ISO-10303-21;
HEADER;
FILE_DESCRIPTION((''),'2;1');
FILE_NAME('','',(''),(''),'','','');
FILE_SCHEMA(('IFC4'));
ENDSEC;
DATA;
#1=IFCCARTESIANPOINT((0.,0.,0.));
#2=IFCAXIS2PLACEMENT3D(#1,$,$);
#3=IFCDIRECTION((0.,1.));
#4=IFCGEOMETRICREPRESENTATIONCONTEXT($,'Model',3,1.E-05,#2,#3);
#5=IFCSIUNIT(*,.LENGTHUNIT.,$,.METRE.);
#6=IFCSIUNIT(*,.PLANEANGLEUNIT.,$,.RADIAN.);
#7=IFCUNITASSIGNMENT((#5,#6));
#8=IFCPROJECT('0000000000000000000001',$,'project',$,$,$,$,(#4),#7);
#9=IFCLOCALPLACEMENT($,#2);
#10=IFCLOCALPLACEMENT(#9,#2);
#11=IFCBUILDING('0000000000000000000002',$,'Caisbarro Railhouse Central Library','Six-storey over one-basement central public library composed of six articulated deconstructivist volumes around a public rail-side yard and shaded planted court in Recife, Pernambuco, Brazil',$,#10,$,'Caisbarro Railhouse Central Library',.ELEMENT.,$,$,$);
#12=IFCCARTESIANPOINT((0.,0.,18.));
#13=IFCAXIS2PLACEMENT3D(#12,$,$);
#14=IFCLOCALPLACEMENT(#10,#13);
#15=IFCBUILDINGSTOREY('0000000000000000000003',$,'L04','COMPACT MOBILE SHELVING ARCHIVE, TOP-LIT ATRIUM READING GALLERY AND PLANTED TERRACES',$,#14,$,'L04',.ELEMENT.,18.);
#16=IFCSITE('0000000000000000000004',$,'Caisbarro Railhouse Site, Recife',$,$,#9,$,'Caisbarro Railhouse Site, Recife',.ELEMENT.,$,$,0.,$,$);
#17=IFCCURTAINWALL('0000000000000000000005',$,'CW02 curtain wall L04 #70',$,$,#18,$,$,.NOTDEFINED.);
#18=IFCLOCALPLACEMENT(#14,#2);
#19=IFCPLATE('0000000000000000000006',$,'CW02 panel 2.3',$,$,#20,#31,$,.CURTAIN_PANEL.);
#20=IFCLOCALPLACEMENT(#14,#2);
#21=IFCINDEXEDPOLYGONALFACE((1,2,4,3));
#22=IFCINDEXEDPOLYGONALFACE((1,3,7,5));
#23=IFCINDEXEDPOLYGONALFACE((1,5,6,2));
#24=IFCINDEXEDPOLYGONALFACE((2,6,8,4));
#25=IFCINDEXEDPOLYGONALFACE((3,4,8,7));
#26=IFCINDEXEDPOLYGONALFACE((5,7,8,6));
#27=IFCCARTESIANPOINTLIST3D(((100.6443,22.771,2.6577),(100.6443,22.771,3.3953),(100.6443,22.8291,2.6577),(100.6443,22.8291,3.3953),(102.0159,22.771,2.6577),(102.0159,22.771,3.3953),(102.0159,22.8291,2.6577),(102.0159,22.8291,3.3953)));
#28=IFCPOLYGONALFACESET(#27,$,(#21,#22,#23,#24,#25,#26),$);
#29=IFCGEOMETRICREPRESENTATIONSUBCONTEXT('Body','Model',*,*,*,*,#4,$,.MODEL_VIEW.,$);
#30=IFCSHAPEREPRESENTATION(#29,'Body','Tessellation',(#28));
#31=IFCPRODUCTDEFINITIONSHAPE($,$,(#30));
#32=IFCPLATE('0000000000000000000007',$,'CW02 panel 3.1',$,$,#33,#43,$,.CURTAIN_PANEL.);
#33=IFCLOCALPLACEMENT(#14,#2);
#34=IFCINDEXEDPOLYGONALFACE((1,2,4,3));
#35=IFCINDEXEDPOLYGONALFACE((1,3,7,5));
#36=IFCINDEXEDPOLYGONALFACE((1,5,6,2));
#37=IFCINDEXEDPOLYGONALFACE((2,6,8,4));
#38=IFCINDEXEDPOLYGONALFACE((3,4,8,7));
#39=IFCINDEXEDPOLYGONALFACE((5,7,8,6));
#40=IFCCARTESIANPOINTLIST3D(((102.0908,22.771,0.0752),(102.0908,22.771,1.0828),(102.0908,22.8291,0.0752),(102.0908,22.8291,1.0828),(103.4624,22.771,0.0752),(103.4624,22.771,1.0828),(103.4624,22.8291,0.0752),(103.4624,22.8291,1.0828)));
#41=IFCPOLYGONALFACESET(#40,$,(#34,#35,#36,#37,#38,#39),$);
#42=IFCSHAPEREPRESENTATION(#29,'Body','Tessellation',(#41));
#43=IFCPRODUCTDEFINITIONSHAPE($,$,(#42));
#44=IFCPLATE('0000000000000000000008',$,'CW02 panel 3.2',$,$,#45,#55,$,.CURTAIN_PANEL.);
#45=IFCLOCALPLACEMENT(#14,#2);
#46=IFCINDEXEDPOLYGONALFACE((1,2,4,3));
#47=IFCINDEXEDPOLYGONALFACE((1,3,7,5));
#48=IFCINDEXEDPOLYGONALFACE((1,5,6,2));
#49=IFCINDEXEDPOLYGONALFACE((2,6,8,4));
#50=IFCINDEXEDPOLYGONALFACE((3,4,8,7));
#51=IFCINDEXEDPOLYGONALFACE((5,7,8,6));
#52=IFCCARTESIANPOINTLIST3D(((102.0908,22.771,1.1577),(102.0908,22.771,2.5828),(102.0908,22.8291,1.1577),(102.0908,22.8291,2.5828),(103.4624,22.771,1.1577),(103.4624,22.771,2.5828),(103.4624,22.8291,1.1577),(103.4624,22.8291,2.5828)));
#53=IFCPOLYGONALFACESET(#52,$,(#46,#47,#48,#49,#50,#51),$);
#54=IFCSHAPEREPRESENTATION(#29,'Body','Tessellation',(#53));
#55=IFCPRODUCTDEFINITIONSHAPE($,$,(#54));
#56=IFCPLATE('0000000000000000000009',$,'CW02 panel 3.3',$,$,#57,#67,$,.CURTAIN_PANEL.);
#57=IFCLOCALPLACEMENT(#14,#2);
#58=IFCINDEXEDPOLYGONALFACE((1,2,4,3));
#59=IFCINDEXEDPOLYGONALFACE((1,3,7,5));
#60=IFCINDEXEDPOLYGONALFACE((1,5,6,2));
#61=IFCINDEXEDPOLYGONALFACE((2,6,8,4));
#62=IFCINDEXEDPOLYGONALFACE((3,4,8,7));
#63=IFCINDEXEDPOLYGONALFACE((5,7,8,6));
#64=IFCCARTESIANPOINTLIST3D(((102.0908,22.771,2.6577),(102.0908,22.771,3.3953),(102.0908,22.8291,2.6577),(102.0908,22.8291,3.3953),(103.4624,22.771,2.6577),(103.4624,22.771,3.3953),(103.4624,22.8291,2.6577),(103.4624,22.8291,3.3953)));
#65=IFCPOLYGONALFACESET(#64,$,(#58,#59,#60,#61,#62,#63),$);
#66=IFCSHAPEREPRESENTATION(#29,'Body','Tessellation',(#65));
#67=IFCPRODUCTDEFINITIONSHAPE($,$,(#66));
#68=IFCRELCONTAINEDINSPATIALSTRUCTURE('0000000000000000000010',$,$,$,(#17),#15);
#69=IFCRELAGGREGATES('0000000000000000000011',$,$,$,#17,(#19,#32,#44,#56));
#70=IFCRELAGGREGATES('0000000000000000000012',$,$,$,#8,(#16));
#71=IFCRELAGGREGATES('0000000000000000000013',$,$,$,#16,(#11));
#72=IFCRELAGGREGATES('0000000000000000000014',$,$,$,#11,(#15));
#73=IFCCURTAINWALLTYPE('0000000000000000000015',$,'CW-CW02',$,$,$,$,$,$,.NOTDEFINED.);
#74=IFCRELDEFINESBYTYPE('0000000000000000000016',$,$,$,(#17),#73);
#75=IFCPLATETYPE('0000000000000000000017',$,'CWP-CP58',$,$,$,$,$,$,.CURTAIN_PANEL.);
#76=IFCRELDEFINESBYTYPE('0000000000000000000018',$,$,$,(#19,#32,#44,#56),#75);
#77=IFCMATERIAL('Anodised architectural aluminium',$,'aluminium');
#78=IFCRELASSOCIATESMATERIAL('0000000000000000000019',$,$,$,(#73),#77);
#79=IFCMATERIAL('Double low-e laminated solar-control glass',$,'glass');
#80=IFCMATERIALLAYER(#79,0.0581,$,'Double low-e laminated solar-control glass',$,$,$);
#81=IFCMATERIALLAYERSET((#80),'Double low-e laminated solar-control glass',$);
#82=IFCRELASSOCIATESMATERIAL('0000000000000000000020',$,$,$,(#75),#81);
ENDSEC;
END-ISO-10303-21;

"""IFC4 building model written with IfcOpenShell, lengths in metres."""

from ifc_helpers import new_model, si_unit, direction, frame, origin, origin_2d, place, context, subcontext, project, spatial, rectangle, extrude, material, layer, layer_set, type_object, element, aggregate, save


model = new_model("IFC4")

# Units and contexts
model_context = context("Model", 3, precision=1e-05, world=origin(), true_north=direction((0.0, 1.0)))
body_context = subcontext(model_context, "Body", "Model", "MODEL_VIEW")
ifc_project = project(units=[si_unit("LENGTHUNIT", "METRE"), si_unit("PLANEANGLEUNIT", "RADIAN")], contexts=[model_context])

# Site, building, storey
site_placement = place(None, origin())
site = spatial("IfcSite", under=ifc_project, at=site_placement, Name="Caisbarro Railhouse Site, Recife", LongName="Caisbarro Railhouse Site, Recife", CompositionType="ELEMENT", RefElevation=0.0)
building_placement = place(site_placement, origin())
building = spatial("IfcBuilding", under=site, at=building_placement, Name="Caisbarro Railhouse Central Library", Description="Six-storey over one-basement central public library composed of six articulated deconstructivist volumes around a public rail-side yard and shaded planted court in Recife, Pernambuco, Brazil", LongName="Caisbarro Railhouse Central Library", CompositionType="ELEMENT")
storey_placement = place(building_placement, frame((0.0, 0.0, 18.0)))
storey = spatial("IfcBuildingStorey", under=building, at=storey_placement, Name="L04", Description="COMPACT MOBILE SHELVING ARCHIVE, TOP-LIT ATRIUM READING GALLERY AND PLANTED TERRACES", LongName="L04", CompositionType="ELEMENT", Elevation=18.0)

# Curtain wall
ifc_material_1 = material(Name="Anodised architectural aluminium", Category="aluminium")
curtain_wall_type = type_object("IfcCurtainWallType", Name="CW-CW02", PredefinedType="NOTDEFINED", material=ifc_material_1)
curtain_wall_1_placement = place(storey_placement, origin())
curtain_wall_1 = element("IfcCurtainWall", 1, at=curtain_wall_1_placement, inside=storey, type_object=curtain_wall_type, Name="CW02 curtain wall L04 #70", PredefinedType="NOTDEFINED")

# Plates
ifc_material_2 = material(Name="Double low-e laminated solar-control glass", Category="glass")
ifc_layer_1 = layer(ifc_material_2, 0.0581, Name="Double low-e laminated solar-control glass")
ifc_layer_set_1 = layer_set([ifc_layer_1], Name="Double low-e laminated solar-control glass")
plate_type_1 = type_object("IfcPlateType", Name="CWP-CP58", PredefinedType="CURTAIN_PANEL", material=ifc_layer_set_1)
plate_1_placement = place(storey_placement, frame((101.3301, 22.8, 2.6577), z_axis=(0.0, 0.0, 1.0), x_axis=(1.0, 0.0, 0.0)))
plate_1 = element("IfcPlate", 2, at=plate_1_placement, type_object=plate_type_1, Name="CW02 panel 2.3", PredefinedType="CURTAIN_PANEL", context=body_context, shape_type="SweptSolid", body=[
    extrude(rectangle(XDim=1.3716, YDim=0.0581, at=origin_2d()), origin(), (0.0, 0.0, 1.0), 0.7375),
])
plate_2_placement = place(storey_placement, frame((102.7766, 22.8, 0.0752), z_axis=(0.0, 0.0, 1.0), x_axis=(1.0, 0.0, 0.0)))
plate_2 = element("IfcPlate", 3, at=plate_2_placement, type_object=plate_type_1, Name="CW02 panel 3.1", PredefinedType="CURTAIN_PANEL", context=body_context, shape_type="SweptSolid", body=[
    extrude(rectangle(XDim=1.3716, YDim=0.0581, at=origin_2d()), origin(), (0.0, 0.0, 1.0), 1.0076),
])
plate_3_placement = place(storey_placement, frame((102.7766, 22.8, 1.1577), z_axis=(0.0, 0.0, 1.0), x_axis=(1.0, 0.0, 0.0)))
plate_3 = element("IfcPlate", 4, at=plate_3_placement, type_object=plate_type_1, Name="CW02 panel 3.2", PredefinedType="CURTAIN_PANEL", context=body_context, shape_type="SweptSolid", body=[
    extrude(rectangle(XDim=1.3716, YDim=0.0581, at=origin_2d()), origin(), (0.0, 0.0, 1.0), 1.425),
])
plate_4_placement = place(storey_placement, frame((102.7766, 22.8, 2.6577), z_axis=(0.0, 0.0, 1.0), x_axis=(1.0, 0.0, 0.0)))
plate_4 = element("IfcPlate", 5, at=plate_4_placement, type_object=plate_type_1, Name="CW02 panel 3.3", PredefinedType="CURTAIN_PANEL", context=body_context, shape_type="SweptSolid", body=[
    extrude(rectangle(XDim=1.3716, YDim=0.0581, at=origin_2d()), origin(), (0.0, 0.0, 1.0), 0.7375),
])
aggregate(curtain_wall_1, [plate_1, plate_2, plate_3, plate_4])

save(model, "model.ifc")
